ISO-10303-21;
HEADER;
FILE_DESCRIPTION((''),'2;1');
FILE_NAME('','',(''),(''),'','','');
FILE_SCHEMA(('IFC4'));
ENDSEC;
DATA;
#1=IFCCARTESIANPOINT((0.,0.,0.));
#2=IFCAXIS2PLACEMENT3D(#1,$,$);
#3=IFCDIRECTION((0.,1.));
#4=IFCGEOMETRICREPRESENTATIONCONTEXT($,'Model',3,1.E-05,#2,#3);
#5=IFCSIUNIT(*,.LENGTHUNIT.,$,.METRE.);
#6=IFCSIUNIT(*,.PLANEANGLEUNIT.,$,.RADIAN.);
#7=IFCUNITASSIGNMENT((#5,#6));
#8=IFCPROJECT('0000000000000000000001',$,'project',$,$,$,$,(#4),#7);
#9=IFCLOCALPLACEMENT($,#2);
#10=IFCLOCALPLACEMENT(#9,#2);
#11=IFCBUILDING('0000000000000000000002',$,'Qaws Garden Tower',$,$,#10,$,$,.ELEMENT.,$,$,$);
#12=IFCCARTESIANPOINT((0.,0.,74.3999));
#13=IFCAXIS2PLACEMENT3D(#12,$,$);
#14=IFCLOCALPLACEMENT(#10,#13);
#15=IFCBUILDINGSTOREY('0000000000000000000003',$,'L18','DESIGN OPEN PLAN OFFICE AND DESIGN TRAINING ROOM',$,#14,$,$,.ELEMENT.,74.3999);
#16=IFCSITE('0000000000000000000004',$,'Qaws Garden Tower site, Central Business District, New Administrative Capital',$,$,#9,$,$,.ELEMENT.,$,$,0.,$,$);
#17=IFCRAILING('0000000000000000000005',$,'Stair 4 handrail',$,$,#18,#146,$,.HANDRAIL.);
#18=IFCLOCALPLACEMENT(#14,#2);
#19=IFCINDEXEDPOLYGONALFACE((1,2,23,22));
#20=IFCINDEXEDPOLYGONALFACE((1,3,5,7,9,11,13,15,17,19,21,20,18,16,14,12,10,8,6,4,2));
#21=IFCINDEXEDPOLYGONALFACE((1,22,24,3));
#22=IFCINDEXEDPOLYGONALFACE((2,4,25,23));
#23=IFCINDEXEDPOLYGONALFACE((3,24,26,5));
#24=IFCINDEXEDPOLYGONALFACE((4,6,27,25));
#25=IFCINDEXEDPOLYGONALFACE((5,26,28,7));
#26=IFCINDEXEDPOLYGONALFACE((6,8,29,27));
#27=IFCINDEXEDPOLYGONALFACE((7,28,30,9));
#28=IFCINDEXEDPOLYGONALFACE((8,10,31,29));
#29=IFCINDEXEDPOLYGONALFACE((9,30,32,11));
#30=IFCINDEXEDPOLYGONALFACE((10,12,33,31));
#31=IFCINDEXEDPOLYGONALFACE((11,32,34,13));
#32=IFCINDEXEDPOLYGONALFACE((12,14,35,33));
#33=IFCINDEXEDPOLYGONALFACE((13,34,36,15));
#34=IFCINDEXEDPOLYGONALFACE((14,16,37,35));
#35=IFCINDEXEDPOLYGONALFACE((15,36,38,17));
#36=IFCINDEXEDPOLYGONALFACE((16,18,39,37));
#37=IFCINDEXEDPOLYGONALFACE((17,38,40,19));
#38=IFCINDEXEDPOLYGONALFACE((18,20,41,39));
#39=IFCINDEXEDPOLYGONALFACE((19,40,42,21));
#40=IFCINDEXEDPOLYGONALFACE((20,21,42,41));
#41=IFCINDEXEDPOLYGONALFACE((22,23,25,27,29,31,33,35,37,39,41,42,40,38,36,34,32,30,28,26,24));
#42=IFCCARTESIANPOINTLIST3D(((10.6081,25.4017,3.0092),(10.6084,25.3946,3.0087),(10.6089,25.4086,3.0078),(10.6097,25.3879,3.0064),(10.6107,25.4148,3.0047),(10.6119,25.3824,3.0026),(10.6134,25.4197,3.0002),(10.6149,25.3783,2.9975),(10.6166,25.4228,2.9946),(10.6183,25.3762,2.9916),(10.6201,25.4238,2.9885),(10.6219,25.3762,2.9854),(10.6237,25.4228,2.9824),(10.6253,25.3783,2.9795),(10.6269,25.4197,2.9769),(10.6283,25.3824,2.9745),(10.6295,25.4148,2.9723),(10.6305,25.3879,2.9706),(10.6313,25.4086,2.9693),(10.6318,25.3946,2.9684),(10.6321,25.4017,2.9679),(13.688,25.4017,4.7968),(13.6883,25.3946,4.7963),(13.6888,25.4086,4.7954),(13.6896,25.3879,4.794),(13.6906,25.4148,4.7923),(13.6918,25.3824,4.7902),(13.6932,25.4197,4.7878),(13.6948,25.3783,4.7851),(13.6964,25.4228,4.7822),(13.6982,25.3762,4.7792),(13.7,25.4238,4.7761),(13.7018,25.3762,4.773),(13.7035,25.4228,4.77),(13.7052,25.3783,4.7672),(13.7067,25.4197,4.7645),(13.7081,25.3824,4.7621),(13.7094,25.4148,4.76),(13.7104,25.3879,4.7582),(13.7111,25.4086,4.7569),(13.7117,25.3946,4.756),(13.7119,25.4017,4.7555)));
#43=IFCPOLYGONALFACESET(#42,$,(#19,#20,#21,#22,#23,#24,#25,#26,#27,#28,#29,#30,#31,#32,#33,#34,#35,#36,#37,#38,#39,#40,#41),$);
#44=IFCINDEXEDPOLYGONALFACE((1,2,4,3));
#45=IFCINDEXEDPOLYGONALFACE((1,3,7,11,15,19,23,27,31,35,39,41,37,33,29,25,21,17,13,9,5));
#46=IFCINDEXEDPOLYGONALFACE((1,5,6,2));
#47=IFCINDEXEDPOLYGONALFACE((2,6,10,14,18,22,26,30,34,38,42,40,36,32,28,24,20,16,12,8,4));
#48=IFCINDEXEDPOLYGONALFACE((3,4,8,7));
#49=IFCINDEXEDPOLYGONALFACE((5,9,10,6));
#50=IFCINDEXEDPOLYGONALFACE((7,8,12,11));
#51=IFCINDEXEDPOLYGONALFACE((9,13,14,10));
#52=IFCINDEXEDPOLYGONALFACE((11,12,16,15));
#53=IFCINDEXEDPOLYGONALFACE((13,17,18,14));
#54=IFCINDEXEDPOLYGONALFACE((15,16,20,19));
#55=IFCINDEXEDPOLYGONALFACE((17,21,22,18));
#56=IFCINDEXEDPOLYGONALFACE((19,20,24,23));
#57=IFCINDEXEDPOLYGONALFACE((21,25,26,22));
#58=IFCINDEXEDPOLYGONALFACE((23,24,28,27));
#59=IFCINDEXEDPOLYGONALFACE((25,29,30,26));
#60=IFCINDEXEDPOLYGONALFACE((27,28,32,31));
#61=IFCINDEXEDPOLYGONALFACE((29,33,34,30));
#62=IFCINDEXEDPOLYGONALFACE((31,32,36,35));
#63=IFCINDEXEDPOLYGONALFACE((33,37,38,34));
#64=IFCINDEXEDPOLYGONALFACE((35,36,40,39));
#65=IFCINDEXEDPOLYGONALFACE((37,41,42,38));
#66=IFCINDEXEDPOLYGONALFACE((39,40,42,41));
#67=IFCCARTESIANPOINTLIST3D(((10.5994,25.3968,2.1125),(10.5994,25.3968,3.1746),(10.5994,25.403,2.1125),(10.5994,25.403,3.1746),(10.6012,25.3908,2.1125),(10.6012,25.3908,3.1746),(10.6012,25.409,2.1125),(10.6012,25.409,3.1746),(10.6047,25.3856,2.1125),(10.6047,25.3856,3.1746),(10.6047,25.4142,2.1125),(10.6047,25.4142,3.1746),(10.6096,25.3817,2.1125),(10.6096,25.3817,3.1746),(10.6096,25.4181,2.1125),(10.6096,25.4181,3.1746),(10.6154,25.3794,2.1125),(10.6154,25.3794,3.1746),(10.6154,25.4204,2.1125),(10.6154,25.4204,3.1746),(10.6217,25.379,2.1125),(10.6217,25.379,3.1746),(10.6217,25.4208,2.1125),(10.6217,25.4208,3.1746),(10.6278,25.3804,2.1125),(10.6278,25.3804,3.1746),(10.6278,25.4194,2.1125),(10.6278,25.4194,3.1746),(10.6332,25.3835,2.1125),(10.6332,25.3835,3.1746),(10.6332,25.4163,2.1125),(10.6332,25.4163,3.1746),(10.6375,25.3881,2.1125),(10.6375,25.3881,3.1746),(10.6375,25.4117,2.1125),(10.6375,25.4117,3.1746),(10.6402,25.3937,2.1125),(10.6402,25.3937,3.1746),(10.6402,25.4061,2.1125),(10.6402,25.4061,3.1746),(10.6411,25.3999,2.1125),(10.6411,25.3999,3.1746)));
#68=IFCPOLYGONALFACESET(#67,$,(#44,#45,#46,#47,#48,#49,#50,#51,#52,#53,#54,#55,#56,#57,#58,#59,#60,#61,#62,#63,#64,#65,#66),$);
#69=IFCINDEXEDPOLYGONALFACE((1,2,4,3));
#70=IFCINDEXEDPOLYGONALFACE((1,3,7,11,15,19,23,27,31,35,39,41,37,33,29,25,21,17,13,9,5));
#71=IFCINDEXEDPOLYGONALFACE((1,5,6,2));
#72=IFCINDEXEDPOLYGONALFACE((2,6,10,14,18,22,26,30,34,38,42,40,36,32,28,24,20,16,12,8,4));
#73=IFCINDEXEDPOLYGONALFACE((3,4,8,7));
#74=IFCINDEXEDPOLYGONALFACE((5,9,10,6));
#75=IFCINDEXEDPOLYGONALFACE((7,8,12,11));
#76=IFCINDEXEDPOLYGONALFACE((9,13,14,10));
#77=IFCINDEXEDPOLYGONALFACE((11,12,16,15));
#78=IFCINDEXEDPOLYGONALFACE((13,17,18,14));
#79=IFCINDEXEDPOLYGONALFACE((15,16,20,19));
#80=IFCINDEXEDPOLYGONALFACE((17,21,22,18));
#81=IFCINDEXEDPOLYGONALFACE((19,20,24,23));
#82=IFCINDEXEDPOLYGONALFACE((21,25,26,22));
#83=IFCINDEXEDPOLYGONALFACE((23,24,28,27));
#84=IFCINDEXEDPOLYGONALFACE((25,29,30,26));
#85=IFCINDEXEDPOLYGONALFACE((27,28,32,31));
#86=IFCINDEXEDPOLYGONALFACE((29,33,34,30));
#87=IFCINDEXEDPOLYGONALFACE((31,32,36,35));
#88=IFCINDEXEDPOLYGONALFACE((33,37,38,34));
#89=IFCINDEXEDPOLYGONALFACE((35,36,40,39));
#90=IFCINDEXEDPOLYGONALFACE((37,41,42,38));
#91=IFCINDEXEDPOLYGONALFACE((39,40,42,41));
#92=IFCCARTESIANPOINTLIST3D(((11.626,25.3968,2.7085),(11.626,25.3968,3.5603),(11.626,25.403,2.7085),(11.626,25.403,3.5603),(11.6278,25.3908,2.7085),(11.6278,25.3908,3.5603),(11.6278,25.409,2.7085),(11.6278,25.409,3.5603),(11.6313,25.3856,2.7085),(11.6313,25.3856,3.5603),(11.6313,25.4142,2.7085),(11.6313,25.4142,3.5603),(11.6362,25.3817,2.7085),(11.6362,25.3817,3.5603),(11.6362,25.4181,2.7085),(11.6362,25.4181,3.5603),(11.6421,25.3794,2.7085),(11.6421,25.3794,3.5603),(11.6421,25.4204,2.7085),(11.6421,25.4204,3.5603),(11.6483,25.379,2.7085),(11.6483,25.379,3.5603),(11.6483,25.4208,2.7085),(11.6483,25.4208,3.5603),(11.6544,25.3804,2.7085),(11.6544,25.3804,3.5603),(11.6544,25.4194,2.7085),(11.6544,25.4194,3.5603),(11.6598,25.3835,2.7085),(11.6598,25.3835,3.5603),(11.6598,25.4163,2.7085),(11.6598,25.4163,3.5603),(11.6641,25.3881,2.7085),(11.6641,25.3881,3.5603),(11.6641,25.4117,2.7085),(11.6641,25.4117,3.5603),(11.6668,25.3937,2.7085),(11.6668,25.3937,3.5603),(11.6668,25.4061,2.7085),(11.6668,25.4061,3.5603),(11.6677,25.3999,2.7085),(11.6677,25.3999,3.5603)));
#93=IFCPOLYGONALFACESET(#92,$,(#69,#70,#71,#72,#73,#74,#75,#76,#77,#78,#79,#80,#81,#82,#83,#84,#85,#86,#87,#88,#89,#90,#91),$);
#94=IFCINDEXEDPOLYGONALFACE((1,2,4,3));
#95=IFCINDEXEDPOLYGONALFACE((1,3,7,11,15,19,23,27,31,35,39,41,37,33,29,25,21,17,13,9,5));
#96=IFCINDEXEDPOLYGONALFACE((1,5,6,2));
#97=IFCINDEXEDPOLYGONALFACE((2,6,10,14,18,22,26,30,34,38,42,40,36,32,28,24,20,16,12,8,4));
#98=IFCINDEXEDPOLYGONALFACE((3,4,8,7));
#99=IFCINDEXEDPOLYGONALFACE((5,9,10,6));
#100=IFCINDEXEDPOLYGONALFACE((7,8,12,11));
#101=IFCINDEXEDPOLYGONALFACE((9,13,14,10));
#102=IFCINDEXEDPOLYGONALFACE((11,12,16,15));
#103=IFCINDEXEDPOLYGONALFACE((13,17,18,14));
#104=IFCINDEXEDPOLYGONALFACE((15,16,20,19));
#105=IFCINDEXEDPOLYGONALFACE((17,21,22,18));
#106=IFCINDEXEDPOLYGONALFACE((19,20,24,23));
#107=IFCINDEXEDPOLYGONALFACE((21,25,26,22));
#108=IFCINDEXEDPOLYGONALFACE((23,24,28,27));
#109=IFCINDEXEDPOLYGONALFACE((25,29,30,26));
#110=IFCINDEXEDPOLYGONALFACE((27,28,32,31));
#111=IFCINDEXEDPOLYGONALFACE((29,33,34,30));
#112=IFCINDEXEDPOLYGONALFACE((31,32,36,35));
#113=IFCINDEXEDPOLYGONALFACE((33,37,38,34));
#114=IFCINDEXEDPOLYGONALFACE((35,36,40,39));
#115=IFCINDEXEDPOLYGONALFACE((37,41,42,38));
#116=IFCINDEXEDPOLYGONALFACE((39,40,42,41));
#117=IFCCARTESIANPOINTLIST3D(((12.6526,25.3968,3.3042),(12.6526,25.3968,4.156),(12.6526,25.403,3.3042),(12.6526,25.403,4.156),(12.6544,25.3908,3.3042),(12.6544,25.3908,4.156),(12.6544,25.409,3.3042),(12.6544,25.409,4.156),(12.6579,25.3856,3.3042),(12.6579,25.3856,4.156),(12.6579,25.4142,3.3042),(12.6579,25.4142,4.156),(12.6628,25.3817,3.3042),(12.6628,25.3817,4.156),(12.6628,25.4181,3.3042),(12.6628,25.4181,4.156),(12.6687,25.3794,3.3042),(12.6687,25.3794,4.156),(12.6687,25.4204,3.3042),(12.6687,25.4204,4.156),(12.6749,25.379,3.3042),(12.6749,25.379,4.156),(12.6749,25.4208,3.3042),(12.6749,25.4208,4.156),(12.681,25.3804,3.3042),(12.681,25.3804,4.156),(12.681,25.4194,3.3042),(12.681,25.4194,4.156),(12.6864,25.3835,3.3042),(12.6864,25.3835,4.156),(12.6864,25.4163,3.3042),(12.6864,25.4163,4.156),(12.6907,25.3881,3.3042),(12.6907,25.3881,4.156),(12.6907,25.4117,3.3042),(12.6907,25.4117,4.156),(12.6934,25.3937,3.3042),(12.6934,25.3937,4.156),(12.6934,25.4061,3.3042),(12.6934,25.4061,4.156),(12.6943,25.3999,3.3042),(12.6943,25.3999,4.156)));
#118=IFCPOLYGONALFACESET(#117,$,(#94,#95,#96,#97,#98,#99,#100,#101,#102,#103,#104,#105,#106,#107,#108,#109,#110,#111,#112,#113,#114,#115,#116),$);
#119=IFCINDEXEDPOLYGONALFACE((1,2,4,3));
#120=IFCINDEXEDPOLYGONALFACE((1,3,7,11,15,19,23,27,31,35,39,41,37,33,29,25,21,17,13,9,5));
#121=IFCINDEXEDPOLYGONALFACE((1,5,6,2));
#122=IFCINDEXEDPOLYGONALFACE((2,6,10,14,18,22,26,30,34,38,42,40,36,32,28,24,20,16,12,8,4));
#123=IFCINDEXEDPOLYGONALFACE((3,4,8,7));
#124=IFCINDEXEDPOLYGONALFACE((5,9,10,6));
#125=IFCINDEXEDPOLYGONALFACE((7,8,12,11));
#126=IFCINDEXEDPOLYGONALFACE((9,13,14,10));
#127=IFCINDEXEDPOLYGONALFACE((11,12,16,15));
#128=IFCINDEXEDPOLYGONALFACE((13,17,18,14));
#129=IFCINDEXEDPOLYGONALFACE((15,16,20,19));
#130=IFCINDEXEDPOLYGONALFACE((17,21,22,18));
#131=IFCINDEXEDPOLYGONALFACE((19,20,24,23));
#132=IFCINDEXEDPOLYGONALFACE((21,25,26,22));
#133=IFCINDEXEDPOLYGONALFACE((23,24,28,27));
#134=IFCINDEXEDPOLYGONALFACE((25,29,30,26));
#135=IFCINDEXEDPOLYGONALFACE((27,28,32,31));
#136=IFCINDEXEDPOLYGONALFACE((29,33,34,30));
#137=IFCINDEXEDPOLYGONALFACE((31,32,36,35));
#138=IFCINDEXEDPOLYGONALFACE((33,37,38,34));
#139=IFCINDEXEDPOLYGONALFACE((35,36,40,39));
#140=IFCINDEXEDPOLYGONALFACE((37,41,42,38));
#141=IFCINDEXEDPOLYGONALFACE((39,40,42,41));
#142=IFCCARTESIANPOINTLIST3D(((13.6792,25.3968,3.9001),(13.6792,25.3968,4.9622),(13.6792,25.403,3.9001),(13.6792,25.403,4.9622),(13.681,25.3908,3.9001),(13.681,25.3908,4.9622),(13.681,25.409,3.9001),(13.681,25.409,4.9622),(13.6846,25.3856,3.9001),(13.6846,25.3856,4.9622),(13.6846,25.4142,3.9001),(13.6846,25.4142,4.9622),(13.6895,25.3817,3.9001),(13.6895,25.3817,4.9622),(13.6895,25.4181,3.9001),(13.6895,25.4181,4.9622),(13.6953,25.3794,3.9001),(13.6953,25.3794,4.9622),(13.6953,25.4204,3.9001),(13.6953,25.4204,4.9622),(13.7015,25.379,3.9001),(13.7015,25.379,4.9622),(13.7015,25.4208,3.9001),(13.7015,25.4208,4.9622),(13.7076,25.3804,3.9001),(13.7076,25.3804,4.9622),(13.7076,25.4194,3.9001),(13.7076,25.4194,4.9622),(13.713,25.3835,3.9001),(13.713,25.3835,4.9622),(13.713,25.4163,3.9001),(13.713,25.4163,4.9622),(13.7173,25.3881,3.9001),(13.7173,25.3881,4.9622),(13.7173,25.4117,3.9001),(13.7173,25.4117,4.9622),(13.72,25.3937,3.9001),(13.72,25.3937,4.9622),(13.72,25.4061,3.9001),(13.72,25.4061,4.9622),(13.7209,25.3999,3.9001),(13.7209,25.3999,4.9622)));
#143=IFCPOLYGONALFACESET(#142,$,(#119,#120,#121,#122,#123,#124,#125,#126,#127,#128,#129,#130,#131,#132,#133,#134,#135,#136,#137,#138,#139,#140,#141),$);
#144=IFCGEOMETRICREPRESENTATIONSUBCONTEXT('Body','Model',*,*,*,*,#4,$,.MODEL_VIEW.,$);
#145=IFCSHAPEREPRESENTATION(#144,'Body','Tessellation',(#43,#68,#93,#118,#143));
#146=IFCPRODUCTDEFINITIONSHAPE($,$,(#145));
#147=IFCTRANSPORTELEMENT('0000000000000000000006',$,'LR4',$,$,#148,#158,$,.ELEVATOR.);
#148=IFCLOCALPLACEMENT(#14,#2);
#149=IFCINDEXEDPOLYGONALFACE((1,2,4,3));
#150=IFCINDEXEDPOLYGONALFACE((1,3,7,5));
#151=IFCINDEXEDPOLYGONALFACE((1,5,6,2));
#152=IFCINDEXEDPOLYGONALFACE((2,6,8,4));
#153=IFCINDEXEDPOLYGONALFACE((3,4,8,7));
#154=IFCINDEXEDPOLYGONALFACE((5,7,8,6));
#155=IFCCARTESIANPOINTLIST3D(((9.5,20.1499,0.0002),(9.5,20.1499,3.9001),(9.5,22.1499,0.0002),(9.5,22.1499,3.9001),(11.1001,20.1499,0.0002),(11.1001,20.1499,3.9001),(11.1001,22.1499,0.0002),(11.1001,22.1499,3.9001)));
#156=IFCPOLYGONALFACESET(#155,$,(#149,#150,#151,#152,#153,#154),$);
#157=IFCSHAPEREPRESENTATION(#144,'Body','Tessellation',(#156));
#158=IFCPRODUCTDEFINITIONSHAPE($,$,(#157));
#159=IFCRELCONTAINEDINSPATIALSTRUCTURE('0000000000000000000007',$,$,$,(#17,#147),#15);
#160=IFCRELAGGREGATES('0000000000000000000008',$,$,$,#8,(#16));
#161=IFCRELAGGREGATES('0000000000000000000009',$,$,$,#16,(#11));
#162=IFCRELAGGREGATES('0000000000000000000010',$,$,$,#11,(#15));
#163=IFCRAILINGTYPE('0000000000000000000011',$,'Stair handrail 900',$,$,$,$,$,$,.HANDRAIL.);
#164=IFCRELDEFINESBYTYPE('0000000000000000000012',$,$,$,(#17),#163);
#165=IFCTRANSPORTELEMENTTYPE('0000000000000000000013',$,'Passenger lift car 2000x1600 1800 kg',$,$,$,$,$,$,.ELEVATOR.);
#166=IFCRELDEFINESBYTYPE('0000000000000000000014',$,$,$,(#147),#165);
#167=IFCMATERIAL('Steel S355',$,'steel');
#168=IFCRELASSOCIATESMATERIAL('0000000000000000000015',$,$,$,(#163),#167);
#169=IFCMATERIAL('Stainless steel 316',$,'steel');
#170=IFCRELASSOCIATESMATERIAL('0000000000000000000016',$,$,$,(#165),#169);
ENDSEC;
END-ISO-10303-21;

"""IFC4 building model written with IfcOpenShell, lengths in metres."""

from ifc_helpers import new_model, si_unit, direction, frame, origin, origin_2d, place, context, subcontext, project, spatial, rectangle, circle, extrude, material, type_object, element, save


model = new_model("IFC4")

# Units and contexts
model_context = context("Model", 3, precision=1e-05, world=origin(), true_north=direction((0.0, 1.0)))
body_context = subcontext(model_context, "Body", "Model", "MODEL_VIEW")
ifc_project = project(units=[si_unit("LENGTHUNIT", "METRE"), si_unit("PLANEANGLEUNIT", "RADIAN")], contexts=[model_context])

# Site, building, storey
site_placement = place(None, origin())
site = spatial("IfcSite", under=ifc_project, at=site_placement, Name="Qaws Garden Tower site, Central Business District, New Administrative Capital", CompositionType="ELEMENT", RefElevation=0.0)
building_placement = place(site_placement, origin())
building = spatial("IfcBuilding", under=site, at=building_placement, Name="Qaws Garden Tower", CompositionType="ELEMENT")
storey_placement = place(building_placement, frame((0.0, 0.0, 74.3999)))
storey = spatial("IfcBuildingStorey", under=building, at=storey_placement, Name="L18", Description="DESIGN OPEN PLAN OFFICE AND DESIGN TRAINING ROOM", CompositionType="ELEMENT", Elevation=74.3999)

# Railing
ifc_material_1 = material(Name="Steel S355", Category="steel")
railing_type = type_object("IfcRailingType", Name="Stair handrail 900", PredefinedType="HANDRAIL", material=ifc_material_1)
railing_1_placement = place(storey_placement, frame((10.6201, 25.3999, 2.1125)))
element("IfcRailing", 1, at=railing_1_placement, inside=storey, type_object=railing_type, Name="Stair 4 handrail", PredefinedType="HANDRAIL", context=body_context, shape_type="SweptSolid", body=[
    extrude(circle(Radius=0.0239, at=origin_2d()), frame((0.0, 0.0, 0.876), z_axis=(0.864873, 0.0, 0.50199), x_axis=(0.0, 1.0, 0.0)), (0.0, 0.0, 1.0), 3.561),
    extrude(circle(Radius=0.021, at=origin_2d()), origin(), (0.0, 0.0, 1.0), 1.062),
    extrude(circle(Radius=0.021, at=origin_2d()), frame((1.0266, 0.0, 0.5959)), (0.0, 0.0, 1.0), 0.8518),
    extrude(circle(Radius=0.021, at=origin_2d()), frame((2.0532, 0.0, 1.1917)), (0.0, 0.0, 1.0), 0.8518),
    extrude(circle(Radius=0.021, at=origin_2d()), frame((3.0798, 0.0, 1.7876)), (0.0, 0.0, 1.0), 1.062),
])

# Transport element
ifc_material_2 = material(Name="Stainless steel 316", Category="steel")
transport_element_type = type_object("IfcTransportElementType", Name="Passenger lift car 2000x1600 1800 kg", PredefinedType="ELEVATOR", material=ifc_material_2)
transport_element_placement = place(storey_placement, frame((10.3, 21.1499, 0.0002), z_axis=(0.0, 0.0, 1.0), x_axis=(1.0, 0.0, 0.0)))
element("IfcTransportElement", 2, at=transport_element_placement, inside=storey, type_object=transport_element_type, Name="LR4", PredefinedType="ELEVATOR", context=body_context, shape_type="SweptSolid", body=[
    extrude(rectangle(XDim=1.6001, YDim=2.0, at=origin_2d()), origin(), (0.0, 0.0, 1.0), 3.8999),
])

save(model, "model.ifc")
